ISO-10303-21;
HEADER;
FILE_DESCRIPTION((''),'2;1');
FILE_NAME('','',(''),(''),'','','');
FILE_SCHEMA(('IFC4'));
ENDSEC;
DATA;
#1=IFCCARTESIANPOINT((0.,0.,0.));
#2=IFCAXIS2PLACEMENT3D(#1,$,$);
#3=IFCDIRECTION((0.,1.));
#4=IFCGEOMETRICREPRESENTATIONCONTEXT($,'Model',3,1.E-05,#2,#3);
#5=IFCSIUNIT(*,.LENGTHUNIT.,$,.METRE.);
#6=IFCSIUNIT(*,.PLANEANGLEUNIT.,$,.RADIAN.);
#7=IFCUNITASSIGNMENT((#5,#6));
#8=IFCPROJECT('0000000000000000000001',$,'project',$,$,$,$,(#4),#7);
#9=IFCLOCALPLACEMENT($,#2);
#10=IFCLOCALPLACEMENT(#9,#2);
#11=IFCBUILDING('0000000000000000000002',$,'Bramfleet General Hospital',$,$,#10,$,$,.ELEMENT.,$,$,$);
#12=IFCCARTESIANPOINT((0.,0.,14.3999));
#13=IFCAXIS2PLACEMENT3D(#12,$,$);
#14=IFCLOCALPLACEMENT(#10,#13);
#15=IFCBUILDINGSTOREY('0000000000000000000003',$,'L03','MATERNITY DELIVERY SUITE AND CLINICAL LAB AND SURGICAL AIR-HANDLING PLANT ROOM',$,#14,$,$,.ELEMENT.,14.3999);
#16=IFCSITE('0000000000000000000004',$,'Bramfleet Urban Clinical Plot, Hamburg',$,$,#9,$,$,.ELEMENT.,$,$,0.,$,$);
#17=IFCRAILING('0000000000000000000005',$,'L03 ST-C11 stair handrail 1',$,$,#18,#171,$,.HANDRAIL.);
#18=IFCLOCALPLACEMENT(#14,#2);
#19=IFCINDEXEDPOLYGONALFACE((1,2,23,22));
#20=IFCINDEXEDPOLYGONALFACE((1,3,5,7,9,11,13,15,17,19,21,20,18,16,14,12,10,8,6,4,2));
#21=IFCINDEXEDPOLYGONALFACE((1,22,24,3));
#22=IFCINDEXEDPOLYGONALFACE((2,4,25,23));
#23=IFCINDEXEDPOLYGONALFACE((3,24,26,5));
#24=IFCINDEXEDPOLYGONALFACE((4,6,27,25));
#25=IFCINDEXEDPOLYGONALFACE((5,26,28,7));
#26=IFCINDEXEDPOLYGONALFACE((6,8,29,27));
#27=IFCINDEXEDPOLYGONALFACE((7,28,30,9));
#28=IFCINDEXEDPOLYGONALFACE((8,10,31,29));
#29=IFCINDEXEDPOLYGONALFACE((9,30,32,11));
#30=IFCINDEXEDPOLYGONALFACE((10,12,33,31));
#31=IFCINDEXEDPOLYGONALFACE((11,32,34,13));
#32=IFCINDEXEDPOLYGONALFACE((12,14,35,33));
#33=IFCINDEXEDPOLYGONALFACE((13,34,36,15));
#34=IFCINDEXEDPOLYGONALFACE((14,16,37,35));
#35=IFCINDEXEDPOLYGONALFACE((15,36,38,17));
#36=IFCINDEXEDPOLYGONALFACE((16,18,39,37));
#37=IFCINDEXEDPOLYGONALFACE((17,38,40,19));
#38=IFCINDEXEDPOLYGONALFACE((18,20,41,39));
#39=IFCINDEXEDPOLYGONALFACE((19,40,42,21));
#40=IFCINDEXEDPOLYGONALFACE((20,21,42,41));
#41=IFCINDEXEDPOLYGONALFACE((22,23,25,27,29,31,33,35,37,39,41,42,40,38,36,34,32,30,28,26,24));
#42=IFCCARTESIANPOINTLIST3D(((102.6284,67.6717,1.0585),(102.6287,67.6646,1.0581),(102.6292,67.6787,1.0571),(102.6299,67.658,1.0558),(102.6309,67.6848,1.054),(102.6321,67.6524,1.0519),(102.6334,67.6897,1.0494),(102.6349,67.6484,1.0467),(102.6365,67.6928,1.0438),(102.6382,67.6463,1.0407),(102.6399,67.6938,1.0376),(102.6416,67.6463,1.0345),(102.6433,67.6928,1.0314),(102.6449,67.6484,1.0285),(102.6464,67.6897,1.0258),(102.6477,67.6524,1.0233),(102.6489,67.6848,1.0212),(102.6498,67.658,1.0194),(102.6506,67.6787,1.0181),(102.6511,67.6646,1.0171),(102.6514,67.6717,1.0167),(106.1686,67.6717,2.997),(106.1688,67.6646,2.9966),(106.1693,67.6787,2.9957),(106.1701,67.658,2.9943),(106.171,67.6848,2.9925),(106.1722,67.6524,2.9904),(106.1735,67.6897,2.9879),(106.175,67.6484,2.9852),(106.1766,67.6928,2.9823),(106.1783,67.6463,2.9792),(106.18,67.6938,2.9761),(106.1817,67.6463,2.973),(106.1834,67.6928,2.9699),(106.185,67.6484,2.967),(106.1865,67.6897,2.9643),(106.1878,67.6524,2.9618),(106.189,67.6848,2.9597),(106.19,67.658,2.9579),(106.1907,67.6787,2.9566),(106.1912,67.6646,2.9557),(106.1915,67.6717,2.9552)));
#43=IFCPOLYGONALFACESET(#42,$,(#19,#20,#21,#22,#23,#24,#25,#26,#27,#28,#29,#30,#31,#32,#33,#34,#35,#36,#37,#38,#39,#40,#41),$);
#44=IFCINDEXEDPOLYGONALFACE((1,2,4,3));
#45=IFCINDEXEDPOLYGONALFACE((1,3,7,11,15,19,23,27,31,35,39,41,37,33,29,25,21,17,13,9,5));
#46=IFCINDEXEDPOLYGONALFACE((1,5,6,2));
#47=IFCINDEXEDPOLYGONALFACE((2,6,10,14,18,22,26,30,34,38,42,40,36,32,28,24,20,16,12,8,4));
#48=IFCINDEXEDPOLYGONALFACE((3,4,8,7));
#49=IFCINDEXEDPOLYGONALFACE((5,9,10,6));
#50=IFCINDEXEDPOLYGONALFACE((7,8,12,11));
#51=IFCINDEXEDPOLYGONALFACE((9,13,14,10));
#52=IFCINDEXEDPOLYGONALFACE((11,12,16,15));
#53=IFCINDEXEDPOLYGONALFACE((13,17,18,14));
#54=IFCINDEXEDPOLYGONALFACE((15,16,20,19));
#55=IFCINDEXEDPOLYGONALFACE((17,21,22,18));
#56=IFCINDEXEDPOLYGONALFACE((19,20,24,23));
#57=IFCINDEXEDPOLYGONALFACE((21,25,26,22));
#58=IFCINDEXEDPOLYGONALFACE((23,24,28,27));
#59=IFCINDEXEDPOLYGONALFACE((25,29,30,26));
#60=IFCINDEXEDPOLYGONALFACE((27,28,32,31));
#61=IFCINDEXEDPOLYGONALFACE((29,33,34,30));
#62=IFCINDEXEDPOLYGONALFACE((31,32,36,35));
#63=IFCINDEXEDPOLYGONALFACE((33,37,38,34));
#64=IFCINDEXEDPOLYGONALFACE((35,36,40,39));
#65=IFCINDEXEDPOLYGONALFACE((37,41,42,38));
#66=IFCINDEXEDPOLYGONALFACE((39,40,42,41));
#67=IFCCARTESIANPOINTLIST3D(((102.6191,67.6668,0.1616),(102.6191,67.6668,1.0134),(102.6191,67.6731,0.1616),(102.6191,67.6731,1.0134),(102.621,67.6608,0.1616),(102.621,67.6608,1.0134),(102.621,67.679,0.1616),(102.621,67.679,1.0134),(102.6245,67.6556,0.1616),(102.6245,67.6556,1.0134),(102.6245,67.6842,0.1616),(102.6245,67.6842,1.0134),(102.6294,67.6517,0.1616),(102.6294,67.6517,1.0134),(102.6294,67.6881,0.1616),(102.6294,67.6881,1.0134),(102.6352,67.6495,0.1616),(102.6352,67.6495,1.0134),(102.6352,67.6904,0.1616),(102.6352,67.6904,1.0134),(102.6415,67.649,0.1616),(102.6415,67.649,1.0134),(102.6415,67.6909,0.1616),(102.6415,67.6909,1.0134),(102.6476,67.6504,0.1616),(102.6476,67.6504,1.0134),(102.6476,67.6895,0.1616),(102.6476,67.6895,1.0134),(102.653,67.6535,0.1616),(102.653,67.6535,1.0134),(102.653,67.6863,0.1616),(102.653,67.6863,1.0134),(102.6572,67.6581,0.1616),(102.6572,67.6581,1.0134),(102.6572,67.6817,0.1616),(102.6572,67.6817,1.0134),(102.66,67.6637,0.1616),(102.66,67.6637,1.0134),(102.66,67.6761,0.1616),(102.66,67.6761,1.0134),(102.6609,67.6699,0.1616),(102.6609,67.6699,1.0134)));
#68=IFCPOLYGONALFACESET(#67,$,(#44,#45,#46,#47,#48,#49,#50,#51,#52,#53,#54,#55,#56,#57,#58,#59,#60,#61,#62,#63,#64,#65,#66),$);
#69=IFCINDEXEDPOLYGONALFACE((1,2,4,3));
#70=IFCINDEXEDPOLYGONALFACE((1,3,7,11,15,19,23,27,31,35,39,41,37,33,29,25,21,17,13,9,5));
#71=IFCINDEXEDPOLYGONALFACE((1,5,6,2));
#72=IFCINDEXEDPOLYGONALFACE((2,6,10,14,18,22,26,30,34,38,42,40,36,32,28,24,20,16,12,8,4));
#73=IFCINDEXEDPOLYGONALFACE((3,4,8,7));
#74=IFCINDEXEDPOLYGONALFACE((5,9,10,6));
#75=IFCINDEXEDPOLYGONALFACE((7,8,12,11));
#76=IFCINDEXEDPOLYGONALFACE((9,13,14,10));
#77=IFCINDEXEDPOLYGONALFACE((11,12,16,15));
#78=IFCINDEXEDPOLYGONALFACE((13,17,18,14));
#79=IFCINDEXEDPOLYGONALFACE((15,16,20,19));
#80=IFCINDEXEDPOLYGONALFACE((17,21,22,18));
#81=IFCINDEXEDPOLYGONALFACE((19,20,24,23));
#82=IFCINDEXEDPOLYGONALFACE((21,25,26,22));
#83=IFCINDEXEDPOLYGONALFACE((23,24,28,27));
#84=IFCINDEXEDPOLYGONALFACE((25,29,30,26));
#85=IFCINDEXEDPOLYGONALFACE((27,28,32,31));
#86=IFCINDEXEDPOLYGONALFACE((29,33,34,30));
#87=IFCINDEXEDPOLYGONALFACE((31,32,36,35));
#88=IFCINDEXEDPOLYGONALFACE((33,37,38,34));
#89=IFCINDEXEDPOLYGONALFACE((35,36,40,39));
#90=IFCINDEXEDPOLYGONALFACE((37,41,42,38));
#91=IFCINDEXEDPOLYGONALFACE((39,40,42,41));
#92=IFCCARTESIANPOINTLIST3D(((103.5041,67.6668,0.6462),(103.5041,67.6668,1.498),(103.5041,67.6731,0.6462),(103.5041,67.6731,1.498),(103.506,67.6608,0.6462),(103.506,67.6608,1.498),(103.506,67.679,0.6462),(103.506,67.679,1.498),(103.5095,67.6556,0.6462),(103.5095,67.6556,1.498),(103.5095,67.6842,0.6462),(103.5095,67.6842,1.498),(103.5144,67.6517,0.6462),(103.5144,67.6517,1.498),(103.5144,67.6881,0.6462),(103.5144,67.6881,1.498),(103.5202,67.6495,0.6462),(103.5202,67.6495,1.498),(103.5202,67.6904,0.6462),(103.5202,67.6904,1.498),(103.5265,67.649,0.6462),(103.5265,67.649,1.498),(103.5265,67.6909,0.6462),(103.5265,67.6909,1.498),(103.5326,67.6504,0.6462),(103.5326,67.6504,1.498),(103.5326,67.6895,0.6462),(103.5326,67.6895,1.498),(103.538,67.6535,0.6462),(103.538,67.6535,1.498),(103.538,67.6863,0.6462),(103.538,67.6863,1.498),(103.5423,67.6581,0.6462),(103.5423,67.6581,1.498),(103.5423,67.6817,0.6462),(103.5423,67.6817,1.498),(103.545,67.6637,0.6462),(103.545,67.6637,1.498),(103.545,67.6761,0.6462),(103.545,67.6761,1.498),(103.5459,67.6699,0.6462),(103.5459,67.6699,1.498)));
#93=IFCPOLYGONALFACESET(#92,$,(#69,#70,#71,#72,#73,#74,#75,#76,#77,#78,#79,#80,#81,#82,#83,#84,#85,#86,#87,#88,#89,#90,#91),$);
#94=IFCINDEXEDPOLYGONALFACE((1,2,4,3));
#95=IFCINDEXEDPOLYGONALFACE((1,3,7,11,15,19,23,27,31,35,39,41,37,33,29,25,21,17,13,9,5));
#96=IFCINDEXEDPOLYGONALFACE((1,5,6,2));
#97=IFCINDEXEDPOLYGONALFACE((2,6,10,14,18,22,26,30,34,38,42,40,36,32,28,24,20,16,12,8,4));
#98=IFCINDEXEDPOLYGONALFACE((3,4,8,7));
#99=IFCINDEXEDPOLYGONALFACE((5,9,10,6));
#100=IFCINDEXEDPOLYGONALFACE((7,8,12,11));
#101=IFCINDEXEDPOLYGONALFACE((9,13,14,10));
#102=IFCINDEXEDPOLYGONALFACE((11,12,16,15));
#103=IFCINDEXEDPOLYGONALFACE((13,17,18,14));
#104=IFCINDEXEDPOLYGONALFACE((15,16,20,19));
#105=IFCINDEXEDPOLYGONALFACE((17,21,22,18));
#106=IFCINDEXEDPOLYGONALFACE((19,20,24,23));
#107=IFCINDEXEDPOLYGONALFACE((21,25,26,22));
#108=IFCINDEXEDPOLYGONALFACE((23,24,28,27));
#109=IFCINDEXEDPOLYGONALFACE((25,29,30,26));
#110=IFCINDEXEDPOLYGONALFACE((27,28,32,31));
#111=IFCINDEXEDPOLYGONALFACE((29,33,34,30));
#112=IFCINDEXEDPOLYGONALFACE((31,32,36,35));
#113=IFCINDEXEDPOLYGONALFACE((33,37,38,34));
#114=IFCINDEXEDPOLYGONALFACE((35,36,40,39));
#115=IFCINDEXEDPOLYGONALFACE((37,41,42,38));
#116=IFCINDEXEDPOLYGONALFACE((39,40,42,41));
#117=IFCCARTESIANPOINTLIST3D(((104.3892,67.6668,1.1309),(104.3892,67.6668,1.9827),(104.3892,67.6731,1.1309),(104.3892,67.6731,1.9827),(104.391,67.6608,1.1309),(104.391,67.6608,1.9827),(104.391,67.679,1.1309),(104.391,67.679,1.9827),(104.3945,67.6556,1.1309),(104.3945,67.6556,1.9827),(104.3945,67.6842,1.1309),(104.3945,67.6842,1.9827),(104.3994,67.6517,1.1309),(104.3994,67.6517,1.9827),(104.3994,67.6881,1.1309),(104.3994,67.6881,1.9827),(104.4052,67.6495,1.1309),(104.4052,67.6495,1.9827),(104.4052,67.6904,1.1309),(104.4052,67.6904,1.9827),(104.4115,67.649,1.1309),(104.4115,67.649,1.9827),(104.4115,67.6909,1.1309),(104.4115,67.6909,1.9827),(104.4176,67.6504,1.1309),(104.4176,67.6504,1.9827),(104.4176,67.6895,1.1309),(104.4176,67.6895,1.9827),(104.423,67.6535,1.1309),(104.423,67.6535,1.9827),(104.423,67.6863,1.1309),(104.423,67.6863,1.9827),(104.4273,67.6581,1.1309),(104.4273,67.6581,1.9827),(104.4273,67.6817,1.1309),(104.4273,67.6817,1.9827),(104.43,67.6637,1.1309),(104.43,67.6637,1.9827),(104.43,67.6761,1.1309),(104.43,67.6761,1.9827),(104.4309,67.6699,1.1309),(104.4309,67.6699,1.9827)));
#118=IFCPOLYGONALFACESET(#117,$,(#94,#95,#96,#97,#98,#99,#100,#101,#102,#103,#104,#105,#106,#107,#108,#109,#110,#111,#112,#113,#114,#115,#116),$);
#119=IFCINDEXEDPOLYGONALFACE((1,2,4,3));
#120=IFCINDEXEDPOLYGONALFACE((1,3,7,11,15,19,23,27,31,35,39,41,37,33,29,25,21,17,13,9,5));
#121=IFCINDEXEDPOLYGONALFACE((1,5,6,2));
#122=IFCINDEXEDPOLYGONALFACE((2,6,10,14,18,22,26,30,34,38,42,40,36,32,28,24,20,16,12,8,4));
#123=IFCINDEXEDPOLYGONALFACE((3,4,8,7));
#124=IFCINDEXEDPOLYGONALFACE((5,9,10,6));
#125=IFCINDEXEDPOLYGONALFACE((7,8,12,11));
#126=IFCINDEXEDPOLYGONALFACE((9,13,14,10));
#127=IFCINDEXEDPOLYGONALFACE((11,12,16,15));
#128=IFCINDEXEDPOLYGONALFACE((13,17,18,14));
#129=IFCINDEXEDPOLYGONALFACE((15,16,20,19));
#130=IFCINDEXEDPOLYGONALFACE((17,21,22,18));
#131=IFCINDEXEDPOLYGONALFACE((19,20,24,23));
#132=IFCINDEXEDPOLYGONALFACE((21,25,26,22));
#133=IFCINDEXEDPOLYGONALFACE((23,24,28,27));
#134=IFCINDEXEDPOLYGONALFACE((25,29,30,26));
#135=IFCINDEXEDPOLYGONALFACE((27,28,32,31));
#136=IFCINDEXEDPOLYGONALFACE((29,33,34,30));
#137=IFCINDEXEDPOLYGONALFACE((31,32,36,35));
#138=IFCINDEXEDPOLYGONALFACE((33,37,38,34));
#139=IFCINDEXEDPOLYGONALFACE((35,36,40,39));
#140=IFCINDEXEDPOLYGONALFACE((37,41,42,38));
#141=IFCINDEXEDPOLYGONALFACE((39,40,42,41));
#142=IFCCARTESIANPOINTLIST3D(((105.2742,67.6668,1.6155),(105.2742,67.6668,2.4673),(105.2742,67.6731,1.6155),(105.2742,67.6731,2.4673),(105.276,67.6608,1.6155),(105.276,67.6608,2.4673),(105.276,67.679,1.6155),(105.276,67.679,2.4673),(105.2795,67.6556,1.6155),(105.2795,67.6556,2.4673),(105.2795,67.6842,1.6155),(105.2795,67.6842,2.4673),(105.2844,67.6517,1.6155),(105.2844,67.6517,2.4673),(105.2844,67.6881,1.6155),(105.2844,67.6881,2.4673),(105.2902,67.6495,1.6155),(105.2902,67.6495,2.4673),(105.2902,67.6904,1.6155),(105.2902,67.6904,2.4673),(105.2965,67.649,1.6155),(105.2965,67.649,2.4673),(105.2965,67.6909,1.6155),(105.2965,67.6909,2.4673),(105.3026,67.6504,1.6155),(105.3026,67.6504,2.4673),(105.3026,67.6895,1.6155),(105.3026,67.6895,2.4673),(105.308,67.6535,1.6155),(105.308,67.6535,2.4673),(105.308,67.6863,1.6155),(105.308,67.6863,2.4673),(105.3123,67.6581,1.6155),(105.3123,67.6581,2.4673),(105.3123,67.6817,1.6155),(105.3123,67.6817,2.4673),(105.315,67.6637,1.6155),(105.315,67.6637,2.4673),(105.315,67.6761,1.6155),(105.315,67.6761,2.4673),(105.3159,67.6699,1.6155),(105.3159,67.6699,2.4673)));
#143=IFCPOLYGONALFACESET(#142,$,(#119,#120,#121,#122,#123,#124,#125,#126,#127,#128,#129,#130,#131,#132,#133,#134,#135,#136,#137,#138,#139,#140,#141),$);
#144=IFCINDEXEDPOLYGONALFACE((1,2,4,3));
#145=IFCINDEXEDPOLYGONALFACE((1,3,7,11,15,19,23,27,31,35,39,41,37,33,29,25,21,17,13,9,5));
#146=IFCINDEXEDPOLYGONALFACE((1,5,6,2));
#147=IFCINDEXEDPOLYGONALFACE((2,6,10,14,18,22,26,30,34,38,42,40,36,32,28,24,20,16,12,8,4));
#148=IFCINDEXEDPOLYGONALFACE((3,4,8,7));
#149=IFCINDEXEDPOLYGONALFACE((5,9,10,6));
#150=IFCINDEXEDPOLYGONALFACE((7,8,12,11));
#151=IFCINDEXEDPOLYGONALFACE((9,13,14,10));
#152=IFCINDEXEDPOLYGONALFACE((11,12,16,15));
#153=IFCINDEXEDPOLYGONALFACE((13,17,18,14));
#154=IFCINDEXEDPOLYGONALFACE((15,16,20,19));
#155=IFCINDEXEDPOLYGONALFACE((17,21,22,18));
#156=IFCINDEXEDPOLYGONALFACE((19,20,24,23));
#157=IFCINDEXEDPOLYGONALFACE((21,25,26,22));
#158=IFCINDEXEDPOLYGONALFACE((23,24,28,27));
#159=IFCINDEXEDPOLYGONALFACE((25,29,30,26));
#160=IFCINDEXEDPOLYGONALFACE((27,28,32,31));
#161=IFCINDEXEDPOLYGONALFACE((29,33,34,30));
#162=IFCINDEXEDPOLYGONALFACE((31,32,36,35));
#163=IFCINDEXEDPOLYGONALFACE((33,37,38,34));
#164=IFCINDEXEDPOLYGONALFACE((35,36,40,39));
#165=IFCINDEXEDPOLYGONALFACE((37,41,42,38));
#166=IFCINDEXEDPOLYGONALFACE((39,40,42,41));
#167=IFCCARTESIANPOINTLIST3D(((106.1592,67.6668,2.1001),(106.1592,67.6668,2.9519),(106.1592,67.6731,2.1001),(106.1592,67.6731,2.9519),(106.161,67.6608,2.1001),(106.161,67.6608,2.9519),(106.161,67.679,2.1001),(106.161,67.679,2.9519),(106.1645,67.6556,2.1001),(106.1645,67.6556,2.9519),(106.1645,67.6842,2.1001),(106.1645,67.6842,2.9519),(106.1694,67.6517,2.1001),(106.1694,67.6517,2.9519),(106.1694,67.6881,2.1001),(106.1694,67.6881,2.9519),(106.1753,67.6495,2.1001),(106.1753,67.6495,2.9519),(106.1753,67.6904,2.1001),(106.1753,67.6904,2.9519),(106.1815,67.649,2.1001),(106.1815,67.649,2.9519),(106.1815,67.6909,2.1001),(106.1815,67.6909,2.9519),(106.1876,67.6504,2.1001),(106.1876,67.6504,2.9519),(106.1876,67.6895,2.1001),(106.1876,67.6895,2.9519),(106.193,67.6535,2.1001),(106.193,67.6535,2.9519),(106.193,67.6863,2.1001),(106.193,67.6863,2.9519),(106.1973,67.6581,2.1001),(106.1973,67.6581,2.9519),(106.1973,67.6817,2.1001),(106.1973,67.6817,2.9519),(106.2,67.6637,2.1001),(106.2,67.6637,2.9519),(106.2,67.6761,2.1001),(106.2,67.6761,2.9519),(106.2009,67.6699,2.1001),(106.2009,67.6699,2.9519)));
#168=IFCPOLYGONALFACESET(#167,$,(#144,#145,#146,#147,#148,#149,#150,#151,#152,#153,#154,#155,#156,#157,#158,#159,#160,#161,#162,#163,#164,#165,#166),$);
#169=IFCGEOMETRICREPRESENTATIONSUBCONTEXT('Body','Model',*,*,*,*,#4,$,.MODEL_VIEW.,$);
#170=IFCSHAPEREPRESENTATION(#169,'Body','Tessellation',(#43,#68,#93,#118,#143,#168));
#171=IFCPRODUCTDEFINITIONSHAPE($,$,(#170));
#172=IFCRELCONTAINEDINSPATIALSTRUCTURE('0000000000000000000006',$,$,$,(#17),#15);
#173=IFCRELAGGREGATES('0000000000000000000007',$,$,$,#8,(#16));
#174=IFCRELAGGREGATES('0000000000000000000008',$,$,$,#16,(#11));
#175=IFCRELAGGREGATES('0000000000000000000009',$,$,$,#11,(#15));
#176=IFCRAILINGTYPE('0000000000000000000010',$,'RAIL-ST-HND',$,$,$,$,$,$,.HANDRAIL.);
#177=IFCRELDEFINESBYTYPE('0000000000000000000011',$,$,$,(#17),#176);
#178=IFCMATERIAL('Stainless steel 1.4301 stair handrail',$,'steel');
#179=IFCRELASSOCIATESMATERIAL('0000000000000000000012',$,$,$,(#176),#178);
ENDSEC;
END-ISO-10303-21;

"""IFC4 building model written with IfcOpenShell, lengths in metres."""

from ifc_helpers import new_model, si_unit, direction, frame, origin, origin_2d, place, context, subcontext, project, spatial, circle, extrude, material, type_object, element, save


model = new_model("IFC4")

# Units and contexts
model_context = context("Model", 3, precision=1e-05, world=origin(), true_north=direction((0.0, 1.0)))
body_context = subcontext(model_context, "Body", "Model", "MODEL_VIEW")
ifc_project = project(units=[si_unit("LENGTHUNIT", "METRE"), si_unit("PLANEANGLEUNIT", "RADIAN")], contexts=[model_context])

# Site, building, storey
site_placement = place(None, origin())
site = spatial("IfcSite", under=ifc_project, at=site_placement, Name="Bramfleet Urban Clinical Plot, Hamburg", CompositionType="ELEMENT", RefElevation=0.0)
building_placement = place(site_placement, origin())
building = spatial("IfcBuilding", under=site, at=building_placement, Name="Bramfleet General Hospital", CompositionType="ELEMENT")
storey_placement = place(building_placement, frame((0.0, 0.0, 14.3999)))
storey = spatial("IfcBuildingStorey", under=building, at=storey_placement, Name="L03", Description="MATERNITY DELIVERY SUITE AND CLINICAL LAB AND SURGICAL AIR-HANDLING PLANT ROOM", CompositionType="ELEMENT", Elevation=14.3999)

# Railing
ifc_material_1 = material(Name="Stainless steel 1.4301 stair handrail", Category="steel")
railing_type_1 = type_object("IfcRailingType", Name="RAIL-ST-HND", PredefinedType="HANDRAIL", material=ifc_material_1)
railing_1_placement = place(storey_placement, frame((102.6399, 67.6699, 0.1616)))
element("IfcRailing", 1, at=railing_1_placement, inside=storey, type_object=railing_type_1, Name="L03 ST-C11 stair handrail 1", PredefinedType="HANDRAIL", context=body_context, shape_type="SweptSolid", body=[
    extrude(circle(Radius=0.0239, at=origin_2d()), frame((0.0, 0.0, 0.876), z_axis=(0.877108, 0.0, 0.480292), x_axis=(0.0, 1.0, 0.0)), (0.0, 0.0, 1.0), 4.0361),
    extrude(circle(Radius=0.021, at=origin_2d()), origin(), (0.0, 0.0, 1.0), 0.8518),
    extrude(circle(Radius=0.021, at=origin_2d()), frame((0.885, 0.0, 0.4846)), (0.0, 0.0, 1.0), 0.8518),
    extrude(circle(Radius=0.021, at=origin_2d()), frame((1.77, 0.0, 0.9692)), (0.0, 0.0, 1.0), 0.8518),
    extrude(circle(Radius=0.021, at=origin_2d()), frame((2.655, 0.0, 1.4539)), (0.0, 0.0, 1.0), 0.8518),
    extrude(circle(Radius=0.021, at=origin_2d()), frame((3.54, 0.0, 1.9385)), (0.0, 0.0, 1.0), 0.8518),
])

save(model, "model.ifc")
